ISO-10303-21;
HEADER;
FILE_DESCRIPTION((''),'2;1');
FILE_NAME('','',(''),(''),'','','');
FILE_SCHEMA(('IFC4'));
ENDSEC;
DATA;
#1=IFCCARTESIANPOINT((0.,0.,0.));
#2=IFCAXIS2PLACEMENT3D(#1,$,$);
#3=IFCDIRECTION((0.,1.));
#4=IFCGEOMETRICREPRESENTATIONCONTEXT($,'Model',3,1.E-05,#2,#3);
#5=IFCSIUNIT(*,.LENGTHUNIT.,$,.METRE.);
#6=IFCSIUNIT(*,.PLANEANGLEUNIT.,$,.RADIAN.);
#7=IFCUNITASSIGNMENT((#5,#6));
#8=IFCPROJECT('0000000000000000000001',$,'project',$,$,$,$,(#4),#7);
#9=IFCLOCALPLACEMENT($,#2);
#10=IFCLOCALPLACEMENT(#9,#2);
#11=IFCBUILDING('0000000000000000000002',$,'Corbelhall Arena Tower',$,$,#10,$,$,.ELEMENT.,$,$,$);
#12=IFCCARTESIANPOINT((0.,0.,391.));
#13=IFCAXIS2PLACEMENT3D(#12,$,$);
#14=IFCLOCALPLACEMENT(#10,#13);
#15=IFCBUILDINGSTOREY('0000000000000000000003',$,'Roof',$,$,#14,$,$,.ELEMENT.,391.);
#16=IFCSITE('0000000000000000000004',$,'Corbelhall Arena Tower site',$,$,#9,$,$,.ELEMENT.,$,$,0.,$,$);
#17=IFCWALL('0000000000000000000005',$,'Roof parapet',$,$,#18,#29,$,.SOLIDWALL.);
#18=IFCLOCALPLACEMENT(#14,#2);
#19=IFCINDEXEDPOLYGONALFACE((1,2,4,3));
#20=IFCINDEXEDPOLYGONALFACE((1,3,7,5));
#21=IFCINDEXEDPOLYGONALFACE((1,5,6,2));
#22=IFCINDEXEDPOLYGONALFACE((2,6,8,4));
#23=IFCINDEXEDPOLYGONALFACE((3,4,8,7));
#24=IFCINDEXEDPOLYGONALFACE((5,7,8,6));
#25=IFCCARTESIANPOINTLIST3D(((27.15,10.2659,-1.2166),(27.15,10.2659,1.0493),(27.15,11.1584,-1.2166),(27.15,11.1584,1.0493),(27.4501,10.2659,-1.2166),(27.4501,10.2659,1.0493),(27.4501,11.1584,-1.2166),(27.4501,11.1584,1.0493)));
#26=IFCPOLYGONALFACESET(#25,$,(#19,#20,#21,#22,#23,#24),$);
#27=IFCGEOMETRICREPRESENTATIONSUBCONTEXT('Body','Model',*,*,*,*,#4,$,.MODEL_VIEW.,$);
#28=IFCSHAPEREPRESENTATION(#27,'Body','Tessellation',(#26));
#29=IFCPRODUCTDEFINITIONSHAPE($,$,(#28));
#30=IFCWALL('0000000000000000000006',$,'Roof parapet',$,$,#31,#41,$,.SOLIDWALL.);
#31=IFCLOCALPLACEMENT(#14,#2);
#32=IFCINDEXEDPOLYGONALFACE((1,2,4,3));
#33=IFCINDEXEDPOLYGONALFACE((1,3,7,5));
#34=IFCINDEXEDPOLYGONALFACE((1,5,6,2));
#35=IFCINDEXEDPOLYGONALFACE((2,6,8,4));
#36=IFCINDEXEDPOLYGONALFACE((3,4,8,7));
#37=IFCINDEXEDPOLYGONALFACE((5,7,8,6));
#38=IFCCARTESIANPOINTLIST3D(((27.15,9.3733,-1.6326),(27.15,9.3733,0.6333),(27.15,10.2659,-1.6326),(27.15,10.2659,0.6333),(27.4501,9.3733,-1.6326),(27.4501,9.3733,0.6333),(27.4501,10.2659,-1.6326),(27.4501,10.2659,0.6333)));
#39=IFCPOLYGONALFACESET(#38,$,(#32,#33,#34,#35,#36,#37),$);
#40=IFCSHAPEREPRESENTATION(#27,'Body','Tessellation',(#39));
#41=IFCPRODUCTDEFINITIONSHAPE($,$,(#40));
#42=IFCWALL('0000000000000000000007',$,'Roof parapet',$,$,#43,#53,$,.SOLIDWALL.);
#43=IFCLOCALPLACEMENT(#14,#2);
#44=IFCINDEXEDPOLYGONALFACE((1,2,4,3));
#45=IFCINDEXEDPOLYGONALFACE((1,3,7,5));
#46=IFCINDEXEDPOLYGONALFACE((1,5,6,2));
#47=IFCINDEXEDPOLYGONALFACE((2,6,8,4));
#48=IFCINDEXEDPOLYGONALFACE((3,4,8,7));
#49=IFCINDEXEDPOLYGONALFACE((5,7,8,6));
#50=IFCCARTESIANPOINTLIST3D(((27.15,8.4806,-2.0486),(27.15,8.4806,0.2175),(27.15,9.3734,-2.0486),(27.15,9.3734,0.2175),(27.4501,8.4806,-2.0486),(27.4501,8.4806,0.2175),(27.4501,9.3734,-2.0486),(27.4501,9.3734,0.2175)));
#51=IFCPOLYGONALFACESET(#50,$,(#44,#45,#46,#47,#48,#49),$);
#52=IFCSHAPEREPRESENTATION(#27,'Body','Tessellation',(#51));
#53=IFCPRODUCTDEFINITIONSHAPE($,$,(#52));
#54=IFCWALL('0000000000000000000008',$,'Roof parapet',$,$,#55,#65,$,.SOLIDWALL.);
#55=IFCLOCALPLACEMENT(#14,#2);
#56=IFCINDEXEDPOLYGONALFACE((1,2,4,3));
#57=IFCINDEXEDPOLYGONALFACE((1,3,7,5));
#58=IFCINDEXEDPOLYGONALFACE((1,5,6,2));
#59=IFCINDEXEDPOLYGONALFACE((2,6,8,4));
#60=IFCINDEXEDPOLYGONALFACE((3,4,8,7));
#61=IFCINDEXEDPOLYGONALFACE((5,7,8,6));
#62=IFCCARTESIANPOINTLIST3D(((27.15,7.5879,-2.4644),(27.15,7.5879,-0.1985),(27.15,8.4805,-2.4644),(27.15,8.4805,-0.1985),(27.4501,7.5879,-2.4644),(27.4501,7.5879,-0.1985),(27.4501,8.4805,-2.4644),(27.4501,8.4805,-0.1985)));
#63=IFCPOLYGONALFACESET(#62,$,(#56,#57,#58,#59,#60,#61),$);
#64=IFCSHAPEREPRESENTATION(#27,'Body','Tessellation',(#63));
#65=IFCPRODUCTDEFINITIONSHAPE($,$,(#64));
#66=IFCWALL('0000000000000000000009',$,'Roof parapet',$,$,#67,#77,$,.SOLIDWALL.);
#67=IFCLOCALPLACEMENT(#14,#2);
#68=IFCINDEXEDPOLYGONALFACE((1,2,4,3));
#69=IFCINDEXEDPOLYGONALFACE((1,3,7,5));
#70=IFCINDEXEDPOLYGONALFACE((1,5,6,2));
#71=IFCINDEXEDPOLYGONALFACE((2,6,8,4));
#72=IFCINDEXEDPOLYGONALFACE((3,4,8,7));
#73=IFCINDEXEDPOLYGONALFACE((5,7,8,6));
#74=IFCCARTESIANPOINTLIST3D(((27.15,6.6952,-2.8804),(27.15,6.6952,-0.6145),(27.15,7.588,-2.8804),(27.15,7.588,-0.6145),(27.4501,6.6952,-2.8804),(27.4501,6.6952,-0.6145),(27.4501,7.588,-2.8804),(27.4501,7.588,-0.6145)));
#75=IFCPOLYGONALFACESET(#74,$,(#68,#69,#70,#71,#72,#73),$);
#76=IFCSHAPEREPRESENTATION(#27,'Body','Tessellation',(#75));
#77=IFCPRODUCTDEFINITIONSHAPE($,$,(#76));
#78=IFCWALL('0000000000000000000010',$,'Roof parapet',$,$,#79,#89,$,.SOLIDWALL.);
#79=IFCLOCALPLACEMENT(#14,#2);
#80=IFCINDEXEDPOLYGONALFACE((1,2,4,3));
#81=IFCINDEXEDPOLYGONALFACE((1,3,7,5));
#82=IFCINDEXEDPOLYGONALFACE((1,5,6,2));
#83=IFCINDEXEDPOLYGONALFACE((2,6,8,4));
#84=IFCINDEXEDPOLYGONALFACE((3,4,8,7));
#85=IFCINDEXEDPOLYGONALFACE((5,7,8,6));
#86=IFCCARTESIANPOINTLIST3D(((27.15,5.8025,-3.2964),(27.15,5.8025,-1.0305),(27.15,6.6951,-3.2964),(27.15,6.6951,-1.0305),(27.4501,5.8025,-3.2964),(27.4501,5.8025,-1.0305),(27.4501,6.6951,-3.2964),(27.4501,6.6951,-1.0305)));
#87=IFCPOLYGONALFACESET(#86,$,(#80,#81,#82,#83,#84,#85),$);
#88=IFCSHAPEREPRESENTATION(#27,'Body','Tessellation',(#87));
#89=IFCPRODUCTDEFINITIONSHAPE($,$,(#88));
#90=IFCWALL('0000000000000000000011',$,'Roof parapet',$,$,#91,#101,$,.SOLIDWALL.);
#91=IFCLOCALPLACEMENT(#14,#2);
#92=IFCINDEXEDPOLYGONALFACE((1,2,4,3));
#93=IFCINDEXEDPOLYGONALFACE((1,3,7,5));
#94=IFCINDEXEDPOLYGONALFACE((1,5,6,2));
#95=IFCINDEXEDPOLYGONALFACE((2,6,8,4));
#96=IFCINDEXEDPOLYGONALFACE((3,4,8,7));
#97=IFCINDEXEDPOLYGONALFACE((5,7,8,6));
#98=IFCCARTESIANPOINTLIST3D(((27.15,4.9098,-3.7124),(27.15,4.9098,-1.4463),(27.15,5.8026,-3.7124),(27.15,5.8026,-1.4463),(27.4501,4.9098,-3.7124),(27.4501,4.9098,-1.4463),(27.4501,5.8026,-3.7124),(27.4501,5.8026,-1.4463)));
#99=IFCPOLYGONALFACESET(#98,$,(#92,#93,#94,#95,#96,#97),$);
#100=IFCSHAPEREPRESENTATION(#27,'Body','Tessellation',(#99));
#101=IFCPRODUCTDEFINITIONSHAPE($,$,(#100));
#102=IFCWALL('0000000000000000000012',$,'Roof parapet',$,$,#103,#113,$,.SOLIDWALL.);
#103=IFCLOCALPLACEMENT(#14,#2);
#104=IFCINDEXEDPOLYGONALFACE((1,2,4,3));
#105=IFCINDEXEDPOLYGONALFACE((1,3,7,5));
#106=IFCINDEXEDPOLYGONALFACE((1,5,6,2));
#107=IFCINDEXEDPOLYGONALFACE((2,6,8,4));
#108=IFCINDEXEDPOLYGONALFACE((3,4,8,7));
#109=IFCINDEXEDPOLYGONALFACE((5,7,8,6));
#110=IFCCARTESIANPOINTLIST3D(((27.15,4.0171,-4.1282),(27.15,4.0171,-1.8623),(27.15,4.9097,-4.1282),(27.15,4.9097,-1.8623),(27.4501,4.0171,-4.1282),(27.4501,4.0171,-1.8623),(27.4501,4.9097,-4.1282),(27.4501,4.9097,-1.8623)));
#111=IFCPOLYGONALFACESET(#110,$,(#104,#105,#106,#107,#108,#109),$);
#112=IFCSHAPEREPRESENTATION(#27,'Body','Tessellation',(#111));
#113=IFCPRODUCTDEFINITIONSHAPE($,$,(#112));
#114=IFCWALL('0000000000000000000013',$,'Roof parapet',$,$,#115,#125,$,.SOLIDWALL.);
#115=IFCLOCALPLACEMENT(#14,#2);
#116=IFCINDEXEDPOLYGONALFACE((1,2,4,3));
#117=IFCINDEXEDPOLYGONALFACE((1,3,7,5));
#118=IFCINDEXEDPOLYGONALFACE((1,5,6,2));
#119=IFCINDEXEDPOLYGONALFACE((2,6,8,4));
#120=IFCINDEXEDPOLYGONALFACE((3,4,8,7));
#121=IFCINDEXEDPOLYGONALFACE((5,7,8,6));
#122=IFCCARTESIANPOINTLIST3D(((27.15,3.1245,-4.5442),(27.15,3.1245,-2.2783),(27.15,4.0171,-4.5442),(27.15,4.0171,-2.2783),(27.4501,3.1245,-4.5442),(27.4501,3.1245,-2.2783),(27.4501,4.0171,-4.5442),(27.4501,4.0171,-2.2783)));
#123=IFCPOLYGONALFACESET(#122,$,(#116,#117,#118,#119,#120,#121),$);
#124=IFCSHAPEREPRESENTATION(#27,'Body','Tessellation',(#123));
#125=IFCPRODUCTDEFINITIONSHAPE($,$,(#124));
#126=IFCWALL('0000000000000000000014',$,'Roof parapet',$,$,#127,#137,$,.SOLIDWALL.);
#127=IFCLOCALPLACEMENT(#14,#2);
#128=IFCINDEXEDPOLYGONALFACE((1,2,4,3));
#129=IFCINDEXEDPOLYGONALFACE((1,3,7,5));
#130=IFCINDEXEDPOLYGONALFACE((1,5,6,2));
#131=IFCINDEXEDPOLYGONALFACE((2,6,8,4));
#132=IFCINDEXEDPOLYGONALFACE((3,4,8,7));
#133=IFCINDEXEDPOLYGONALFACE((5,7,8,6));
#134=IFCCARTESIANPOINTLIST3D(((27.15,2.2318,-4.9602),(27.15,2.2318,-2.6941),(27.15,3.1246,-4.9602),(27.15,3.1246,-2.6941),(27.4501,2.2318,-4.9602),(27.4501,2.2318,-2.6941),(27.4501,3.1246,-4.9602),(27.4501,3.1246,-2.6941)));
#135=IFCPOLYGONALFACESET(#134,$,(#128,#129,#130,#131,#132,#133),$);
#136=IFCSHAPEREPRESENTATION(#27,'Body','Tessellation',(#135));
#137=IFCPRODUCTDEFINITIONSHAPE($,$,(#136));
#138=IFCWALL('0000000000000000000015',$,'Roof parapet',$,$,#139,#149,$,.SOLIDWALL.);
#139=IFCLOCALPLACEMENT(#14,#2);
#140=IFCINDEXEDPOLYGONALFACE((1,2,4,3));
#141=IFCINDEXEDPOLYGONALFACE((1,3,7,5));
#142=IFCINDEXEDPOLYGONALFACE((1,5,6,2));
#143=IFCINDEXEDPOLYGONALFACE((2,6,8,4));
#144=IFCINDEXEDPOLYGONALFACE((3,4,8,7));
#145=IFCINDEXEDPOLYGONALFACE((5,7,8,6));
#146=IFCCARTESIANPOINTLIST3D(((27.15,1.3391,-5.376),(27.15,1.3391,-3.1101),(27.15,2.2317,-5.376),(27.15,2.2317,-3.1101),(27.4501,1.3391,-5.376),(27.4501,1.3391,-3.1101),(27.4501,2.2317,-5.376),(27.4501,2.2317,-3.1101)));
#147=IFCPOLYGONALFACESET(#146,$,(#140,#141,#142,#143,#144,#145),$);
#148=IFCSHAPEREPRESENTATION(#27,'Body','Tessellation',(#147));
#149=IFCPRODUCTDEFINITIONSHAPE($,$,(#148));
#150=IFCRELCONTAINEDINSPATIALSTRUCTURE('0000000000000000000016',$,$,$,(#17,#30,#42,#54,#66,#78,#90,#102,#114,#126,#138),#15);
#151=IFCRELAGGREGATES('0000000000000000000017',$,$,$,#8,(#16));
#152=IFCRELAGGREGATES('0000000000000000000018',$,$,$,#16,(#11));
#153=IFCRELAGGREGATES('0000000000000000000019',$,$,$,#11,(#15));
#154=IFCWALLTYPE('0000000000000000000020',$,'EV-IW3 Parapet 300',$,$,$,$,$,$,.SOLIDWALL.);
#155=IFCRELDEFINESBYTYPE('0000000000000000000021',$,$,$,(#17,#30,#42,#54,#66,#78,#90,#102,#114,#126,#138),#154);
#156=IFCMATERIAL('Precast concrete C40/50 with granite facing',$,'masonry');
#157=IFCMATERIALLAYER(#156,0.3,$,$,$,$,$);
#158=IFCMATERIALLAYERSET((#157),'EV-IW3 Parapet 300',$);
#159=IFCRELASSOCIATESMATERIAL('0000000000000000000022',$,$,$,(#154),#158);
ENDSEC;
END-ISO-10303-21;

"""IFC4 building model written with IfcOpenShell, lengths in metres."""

from ifc_helpers import new_model, si_unit, direction, frame, frame_2d, origin, place, context, subcontext, project, spatial, rectangle, extrude, material, layer, layer_set, type_object, element, save


model = new_model("IFC4")

# Units and contexts
model_context = context("Model", 3, precision=1e-05, world=origin(), true_north=direction((0.0, 1.0)))
body_context = subcontext(model_context, "Body", "Model", "MODEL_VIEW")
ifc_project = project(units=[si_unit("LENGTHUNIT", "METRE"), si_unit("PLANEANGLEUNIT", "RADIAN")], contexts=[model_context])

# Site, building, storey
site_placement = place(None, origin())
site = spatial("IfcSite", under=ifc_project, at=site_placement, Name="Corbelhall Arena Tower site", CompositionType="ELEMENT", RefElevation=0.0)
building_placement = place(site_placement, origin())
building = spatial("IfcBuilding", under=site, at=building_placement, Name="Corbelhall Arena Tower", CompositionType="ELEMENT")
storey_placement = place(building_placement, frame((0.0, 0.0, 391.0)))
storey = spatial("IfcBuildingStorey", under=building, at=storey_placement, Name="Roof", CompositionType="ELEMENT", Elevation=391.0)

# Walls
ifc_material_1 = material(Name="Precast concrete C40/50 with granite facing", Category="masonry")
ifc_layer_1 = layer(ifc_material_1, 0.3)
ifc_layer_set_1 = layer_set([ifc_layer_1], Name="EV-IW3 Parapet 300")
wall_type = type_object("IfcWallType", Name="EV-IW3 Parapet 300", PredefinedType="SOLIDWALL", material=ifc_layer_set_1)
for number, where, z_axis, x_axis, name in (
    (1, (27.3, 11.1584, -1.2166), (0.0, 0.0, 1.0), (0.0, -1.0, 0.0), "Roof parapet"),
    (2, (27.3, 10.2659, -1.6326), (0.0, 0.0, 1.0), (0.0, -1.0, 0.0), "Roof parapet"),
):
    element("IfcWall", number, at=place(storey_placement, frame(where, z_axis=z_axis, x_axis=x_axis)), inside=storey, type_object=wall_type, Name=name, PredefinedType="SOLIDWALL", context=body_context, shape_type="SweptSolid", body=[
        extrude(rectangle(XDim=0.8926, YDim=0.3, at=frame_2d((0.4463, 0.0))), origin(), (0.0, 0.0, 1.0), 2.2659),
    ])
wall_1_placement = place(storey_placement, frame((27.3, 9.3733, -2.0486), z_axis=(0.0, 0.0, 1.0), x_axis=(0.0, -1.0, 0.0)))
element("IfcWall", 3, at=wall_1_placement, inside=storey, type_object=wall_type, Name="Roof parapet", PredefinedType="SOLIDWALL", context=body_context, shape_type="SweptSolid", body=[
    extrude(rectangle(XDim=0.8928, YDim=0.3, at=frame_2d((0.4463, 0.0))), origin(), (0.0, 0.0, 1.0), 2.2661),
])
wall_2_placement = place(storey_placement, frame((27.3, 8.4805, -2.4644), z_axis=(0.0, 0.0, 1.0), x_axis=(0.0, -1.0, 0.0)))
element("IfcWall", 4, at=wall_2_placement, inside=storey, type_object=wall_type, Name="Roof parapet", PredefinedType="SOLIDWALL", context=body_context, shape_type="SweptSolid", body=[
    extrude(rectangle(XDim=0.8926, YDim=0.3, at=frame_2d((0.4463, 0.0))), origin(), (0.0, 0.0, 1.0), 2.2659),
])
wall_3_placement = place(storey_placement, frame((27.3, 7.5879, -2.8804), z_axis=(0.0, 0.0, 1.0), x_axis=(0.0, -1.0, 0.0)))
element("IfcWall", 5, at=wall_3_placement, inside=storey, type_object=wall_type, Name="Roof parapet", PredefinedType="SOLIDWALL", context=body_context, shape_type="SweptSolid", body=[
    extrude(rectangle(XDim=0.8928, YDim=0.3, at=frame_2d((0.4463, 0.0))), origin(), (0.0, 0.0, 1.0), 2.2659),
])
wall_4_placement = place(storey_placement, frame((27.3, 6.6951, -3.2964), z_axis=(0.0, 0.0, 1.0), x_axis=(0.0, -1.0, 0.0)))
element("IfcWall", 6, at=wall_4_placement, inside=storey, type_object=wall_type, Name="Roof parapet", PredefinedType="SOLIDWALL", context=body_context, shape_type="SweptSolid", body=[
    extrude(rectangle(XDim=0.8926, YDim=0.3, at=frame_2d((0.4463, 0.0))), origin(), (0.0, 0.0, 1.0), 2.2659),
])
wall_5_placement = place(storey_placement, frame((27.3, 5.8025, -3.7124), z_axis=(0.0, 0.0, 1.0), x_axis=(0.0, -1.0, 0.0)))
element("IfcWall", 7, at=wall_5_placement, inside=storey, type_object=wall_type, Name="Roof parapet", PredefinedType="SOLIDWALL", context=body_context, shape_type="SweptSolid", body=[
    extrude(rectangle(XDim=0.8928, YDim=0.3, at=frame_2d((0.4463, 0.0))), origin(), (0.0, 0.0, 1.0), 2.2661),
])
for number, where, z_axis, x_axis, name in (
    (8, (27.3, 4.9097, -4.1282), (0.0, 0.0, 1.0), (0.0, -1.0, 0.0), "Roof parapet"),
    (9, (27.3, 4.0171, -4.5442), (0.0, 0.0, 1.0), (0.0, -1.0, 0.0), "Roof parapet"),
):
    element("IfcWall", number, at=place(storey_placement, frame(where, z_axis=z_axis, x_axis=x_axis)), inside=storey, type_object=wall_type, Name=name, PredefinedType="SOLIDWALL", context=body_context, shape_type="SweptSolid", body=[
        extrude(rectangle(XDim=0.8926, YDim=0.3, at=frame_2d((0.4463, 0.0))), origin(), (0.0, 0.0, 1.0), 2.2659),
    ])
wall_6_placement = place(storey_placement, frame((27.3, 3.1245, -4.9602), z_axis=(0.0, 0.0, 1.0), x_axis=(0.0, -1.0, 0.0)))
element("IfcWall", 10, at=wall_6_placement, inside=storey, type_object=wall_type, Name="Roof parapet", PredefinedType="SOLIDWALL", context=body_context, shape_type="SweptSolid", body=[
    extrude(rectangle(XDim=0.8928, YDim=0.3, at=frame_2d((0.4463, 0.0))), origin(), (0.0, 0.0, 1.0), 2.2661),
])
wall_7_placement = place(storey_placement, frame((27.3, 2.2317, -5.376), z_axis=(0.0, 0.0, 1.0), x_axis=(0.0, -1.0, 0.0)))
element("IfcWall", 11, at=wall_7_placement, inside=storey, type_object=wall_type, Name="Roof parapet", PredefinedType="SOLIDWALL", context=body_context, shape_type="SweptSolid", body=[
    extrude(rectangle(XDim=0.8926, YDim=0.3, at=frame_2d((0.4463, 0.0))), origin(), (0.0, 0.0, 1.0), 2.2659),
])

save(model, "model.ifc")
